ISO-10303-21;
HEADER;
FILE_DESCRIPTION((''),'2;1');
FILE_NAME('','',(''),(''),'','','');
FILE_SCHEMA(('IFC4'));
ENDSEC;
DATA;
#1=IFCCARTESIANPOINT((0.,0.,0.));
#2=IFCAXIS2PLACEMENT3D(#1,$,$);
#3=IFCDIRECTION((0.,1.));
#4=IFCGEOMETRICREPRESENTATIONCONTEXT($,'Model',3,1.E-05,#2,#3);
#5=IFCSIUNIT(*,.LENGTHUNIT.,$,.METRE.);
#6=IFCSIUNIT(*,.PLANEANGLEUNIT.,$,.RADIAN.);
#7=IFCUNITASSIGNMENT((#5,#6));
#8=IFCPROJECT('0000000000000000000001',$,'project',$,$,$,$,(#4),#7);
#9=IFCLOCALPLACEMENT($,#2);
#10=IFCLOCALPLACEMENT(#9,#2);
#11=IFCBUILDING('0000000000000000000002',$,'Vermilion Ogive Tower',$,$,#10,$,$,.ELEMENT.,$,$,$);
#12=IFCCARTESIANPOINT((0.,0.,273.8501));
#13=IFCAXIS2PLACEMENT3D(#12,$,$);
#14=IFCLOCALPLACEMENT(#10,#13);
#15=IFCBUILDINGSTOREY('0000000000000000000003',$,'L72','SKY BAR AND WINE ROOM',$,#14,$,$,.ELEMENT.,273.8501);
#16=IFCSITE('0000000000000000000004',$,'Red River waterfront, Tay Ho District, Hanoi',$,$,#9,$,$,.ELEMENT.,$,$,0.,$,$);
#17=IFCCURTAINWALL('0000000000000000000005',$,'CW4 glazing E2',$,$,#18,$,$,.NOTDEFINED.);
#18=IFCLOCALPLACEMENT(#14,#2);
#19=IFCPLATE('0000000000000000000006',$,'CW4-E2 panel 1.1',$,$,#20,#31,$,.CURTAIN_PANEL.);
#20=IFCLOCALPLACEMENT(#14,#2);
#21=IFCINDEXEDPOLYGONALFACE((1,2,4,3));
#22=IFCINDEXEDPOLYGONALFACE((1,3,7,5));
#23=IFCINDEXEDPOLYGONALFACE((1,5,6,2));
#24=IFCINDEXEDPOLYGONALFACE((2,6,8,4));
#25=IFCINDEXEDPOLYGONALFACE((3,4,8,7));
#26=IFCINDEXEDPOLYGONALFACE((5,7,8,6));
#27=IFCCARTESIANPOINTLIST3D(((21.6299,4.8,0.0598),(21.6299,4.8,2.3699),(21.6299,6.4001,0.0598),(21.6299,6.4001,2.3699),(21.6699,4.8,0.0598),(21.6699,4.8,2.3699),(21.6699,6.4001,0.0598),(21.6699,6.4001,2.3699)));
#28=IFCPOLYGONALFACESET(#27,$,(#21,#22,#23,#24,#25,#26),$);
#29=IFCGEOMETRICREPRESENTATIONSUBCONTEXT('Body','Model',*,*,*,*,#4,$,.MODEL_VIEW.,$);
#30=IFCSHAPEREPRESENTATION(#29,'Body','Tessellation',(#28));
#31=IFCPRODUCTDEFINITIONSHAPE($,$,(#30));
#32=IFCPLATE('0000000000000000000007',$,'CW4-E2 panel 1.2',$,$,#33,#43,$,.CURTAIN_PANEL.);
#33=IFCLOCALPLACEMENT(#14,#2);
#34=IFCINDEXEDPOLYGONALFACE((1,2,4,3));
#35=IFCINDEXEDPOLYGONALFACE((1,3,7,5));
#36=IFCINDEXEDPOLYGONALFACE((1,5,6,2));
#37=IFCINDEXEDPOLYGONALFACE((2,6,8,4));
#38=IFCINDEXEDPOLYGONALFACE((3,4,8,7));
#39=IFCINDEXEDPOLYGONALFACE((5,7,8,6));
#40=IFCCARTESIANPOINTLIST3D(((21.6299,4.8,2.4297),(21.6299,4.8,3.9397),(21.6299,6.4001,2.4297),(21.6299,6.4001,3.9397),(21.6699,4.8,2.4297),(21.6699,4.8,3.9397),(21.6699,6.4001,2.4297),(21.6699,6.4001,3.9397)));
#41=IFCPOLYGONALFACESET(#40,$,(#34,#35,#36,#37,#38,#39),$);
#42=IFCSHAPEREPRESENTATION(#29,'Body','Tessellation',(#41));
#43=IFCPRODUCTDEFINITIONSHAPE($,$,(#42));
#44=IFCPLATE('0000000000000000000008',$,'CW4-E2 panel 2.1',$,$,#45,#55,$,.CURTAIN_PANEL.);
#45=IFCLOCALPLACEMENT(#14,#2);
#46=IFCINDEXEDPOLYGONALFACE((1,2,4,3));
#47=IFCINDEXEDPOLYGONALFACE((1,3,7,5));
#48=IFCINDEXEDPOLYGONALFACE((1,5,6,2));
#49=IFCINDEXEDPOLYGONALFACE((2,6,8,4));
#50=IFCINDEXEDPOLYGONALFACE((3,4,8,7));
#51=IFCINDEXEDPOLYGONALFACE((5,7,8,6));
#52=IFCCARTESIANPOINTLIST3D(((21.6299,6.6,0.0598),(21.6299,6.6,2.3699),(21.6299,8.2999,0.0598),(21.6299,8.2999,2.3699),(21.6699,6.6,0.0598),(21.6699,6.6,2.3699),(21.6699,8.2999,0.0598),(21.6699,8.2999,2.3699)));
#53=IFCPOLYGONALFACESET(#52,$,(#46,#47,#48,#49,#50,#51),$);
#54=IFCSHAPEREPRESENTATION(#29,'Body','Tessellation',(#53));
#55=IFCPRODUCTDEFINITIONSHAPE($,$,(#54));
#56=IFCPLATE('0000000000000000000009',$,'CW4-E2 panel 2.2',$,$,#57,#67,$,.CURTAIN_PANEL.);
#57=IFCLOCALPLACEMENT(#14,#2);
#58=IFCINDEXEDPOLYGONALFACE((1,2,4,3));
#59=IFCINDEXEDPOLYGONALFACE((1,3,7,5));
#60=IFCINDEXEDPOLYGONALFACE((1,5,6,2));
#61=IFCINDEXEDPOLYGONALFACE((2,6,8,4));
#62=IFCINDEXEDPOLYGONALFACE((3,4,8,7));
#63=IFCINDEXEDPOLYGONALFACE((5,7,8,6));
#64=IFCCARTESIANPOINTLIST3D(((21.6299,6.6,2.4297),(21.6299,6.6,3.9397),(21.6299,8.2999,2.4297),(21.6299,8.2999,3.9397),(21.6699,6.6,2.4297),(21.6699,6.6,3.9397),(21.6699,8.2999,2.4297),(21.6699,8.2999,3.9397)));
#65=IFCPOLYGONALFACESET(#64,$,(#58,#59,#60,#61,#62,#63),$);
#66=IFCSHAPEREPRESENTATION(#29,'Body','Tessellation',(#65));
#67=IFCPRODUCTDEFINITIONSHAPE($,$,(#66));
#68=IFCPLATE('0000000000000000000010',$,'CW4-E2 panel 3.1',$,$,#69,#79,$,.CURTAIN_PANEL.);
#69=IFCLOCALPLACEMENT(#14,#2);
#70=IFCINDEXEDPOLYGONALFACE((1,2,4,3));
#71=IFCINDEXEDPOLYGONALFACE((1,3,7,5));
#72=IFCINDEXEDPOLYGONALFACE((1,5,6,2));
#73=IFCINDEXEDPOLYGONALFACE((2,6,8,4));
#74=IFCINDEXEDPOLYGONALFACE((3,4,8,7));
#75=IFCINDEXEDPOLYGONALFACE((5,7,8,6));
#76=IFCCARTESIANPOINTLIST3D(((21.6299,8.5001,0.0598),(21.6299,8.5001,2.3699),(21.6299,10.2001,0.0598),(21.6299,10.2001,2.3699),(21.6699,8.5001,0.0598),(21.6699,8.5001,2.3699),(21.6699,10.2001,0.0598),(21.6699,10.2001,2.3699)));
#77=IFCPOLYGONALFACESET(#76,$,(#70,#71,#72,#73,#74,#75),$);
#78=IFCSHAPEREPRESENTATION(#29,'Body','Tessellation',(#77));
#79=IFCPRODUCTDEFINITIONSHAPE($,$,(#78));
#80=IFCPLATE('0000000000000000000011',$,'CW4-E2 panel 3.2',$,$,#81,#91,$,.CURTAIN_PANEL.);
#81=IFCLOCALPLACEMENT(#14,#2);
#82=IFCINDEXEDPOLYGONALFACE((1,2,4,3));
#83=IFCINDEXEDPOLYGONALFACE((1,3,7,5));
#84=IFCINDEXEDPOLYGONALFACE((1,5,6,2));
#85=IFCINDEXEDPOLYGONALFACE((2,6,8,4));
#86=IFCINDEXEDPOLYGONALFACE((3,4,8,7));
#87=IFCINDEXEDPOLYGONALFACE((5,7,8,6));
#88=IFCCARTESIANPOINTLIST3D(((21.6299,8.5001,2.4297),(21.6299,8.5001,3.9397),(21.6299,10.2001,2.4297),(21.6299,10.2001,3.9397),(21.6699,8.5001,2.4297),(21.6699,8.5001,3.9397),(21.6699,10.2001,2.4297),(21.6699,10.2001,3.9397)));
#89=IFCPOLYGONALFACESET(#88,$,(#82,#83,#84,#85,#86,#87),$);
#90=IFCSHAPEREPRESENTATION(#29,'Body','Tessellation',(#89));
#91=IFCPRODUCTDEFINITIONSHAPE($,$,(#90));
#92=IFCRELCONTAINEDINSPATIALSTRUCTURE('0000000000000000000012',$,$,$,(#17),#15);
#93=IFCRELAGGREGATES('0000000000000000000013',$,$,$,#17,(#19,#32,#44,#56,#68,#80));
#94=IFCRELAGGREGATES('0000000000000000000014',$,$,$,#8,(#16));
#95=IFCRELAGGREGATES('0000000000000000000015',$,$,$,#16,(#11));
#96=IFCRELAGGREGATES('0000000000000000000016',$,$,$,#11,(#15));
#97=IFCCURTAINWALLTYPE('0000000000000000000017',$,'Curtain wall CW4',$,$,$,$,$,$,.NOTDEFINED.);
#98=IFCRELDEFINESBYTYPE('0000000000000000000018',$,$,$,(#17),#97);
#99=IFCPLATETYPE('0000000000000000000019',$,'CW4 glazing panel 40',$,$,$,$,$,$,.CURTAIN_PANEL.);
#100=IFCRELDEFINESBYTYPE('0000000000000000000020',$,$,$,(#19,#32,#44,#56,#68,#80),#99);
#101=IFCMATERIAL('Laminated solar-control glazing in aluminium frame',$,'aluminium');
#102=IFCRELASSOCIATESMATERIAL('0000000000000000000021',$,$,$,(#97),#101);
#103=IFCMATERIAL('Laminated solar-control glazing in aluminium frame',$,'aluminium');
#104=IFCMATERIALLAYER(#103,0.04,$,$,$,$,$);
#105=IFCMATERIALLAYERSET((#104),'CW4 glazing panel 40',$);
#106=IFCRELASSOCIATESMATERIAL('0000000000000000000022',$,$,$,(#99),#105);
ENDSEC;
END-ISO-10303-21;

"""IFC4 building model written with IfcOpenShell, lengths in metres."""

from ifc_helpers import new_model, si_unit, direction, frame, origin, origin_2d, place, context, subcontext, project, spatial, rectangle, extrude, material, layer, layer_set, type_object, element, aggregate, save


model = new_model("IFC4")

# Units and contexts
model_context = context("Model", 3, precision=1e-05, world=origin(), true_north=direction((0.0, 1.0)))
body_context = subcontext(model_context, "Body", "Model", "MODEL_VIEW")
ifc_project = project(units=[si_unit("LENGTHUNIT", "METRE"), si_unit("PLANEANGLEUNIT", "RADIAN")], contexts=[model_context])

# Site, building, storey
site_placement = place(None, origin())
site = spatial("IfcSite", under=ifc_project, at=site_placement, Name="Red River waterfront, Tay Ho District, Hanoi", CompositionType="ELEMENT", RefElevation=0.0)
building_placement = place(site_placement, origin())
building = spatial("IfcBuilding", under=site, at=building_placement, Name="Vermilion Ogive Tower", CompositionType="ELEMENT")
storey_placement = place(building_placement, frame((0.0, 0.0, 273.8501)))
storey = spatial("IfcBuildingStorey", under=building, at=storey_placement, Name="L72", Description="SKY BAR AND WINE ROOM", CompositionType="ELEMENT", Elevation=273.8501)

# Curtain wall
ifc_material_1 = material(Name="Laminated solar-control glazing in aluminium frame", Category="aluminium")
curtain_wall_type = type_object("IfcCurtainWallType", Name="Curtain wall CW4", PredefinedType="NOTDEFINED", material=ifc_material_1)
curtain_wall_1_placement = place(storey_placement, origin())
curtain_wall_1 = element("IfcCurtainWall", 1, at=curtain_wall_1_placement, inside=storey, type_object=curtain_wall_type, Name="CW4 glazing E2", PredefinedType="NOTDEFINED")

# Plates
ifc_material_2 = material(Name="Laminated solar-control glazing in aluminium frame", Category="aluminium")
ifc_layer = layer(ifc_material_2, 0.04)
ifc_layer_set = layer_set([ifc_layer], Name="CW4 glazing panel 40")
plate_type = type_object("IfcPlateType", Name="CW4 glazing panel 40", PredefinedType="CURTAIN_PANEL", material=ifc_layer_set)
plate_1_placement = place(storey_placement, frame((21.6499, 5.6001, 0.0598), z_axis=(0.0, 0.0, 1.0), x_axis=(0.0, 1.0, 0.0)))
plate_1 = element("IfcPlate", 2, at=plate_1_placement, type_object=plate_type, Name="CW4-E2 panel 1.1", PredefinedType="CURTAIN_PANEL", context=body_context, shape_type="SweptSolid", body=[
    extrude(rectangle(XDim=1.6001, YDim=0.04, at=origin_2d()), origin(), (0.0, 0.0, 1.0), 2.3101),
])
plate_2_placement = place(storey_placement, frame((21.6499, 5.6001, 2.4297), z_axis=(0.0, 0.0, 1.0), x_axis=(0.0, 1.0, 0.0)))
plate_2 = element("IfcPlate", 3, at=plate_2_placement, type_object=plate_type, Name="CW4-E2 panel 1.2", PredefinedType="CURTAIN_PANEL", context=body_context, shape_type="SweptSolid", body=[
    extrude(rectangle(XDim=1.6001, YDim=0.04, at=origin_2d()), origin(), (0.0, 0.0, 1.0), 1.51),
])
plate_3_placement = place(storey_placement, frame((21.6499, 7.45, 0.0598), z_axis=(0.0, 0.0, 1.0), x_axis=(0.0, 1.0, 0.0)))
plate_3 = element("IfcPlate", 4, at=plate_3_placement, type_object=plate_type, Name="CW4-E2 panel 2.1", PredefinedType="CURTAIN_PANEL", context=body_context, shape_type="SweptSolid", body=[
    extrude(rectangle(XDim=1.7, YDim=0.04, at=origin_2d()), origin(), (0.0, 0.0, 1.0), 2.3101),
])
plate_4_placement = place(storey_placement, frame((21.6499, 7.45, 2.4297), z_axis=(0.0, 0.0, 1.0), x_axis=(0.0, 1.0, 0.0)))
plate_4 = element("IfcPlate", 5, at=plate_4_placement, type_object=plate_type, Name="CW4-E2 panel 2.2", PredefinedType="CURTAIN_PANEL", context=body_context, shape_type="SweptSolid", body=[
    extrude(rectangle(XDim=1.7, YDim=0.04, at=origin_2d()), origin(), (0.0, 0.0, 1.0), 1.51),
])
plate_5_placement = place(storey_placement, frame((21.6499, 9.3501, 0.0598), z_axis=(0.0, 0.0, 1.0), x_axis=(0.0, 1.0, 0.0)))
plate_5 = element("IfcPlate", 6, at=plate_5_placement, type_object=plate_type, Name="CW4-E2 panel 3.1", PredefinedType="CURTAIN_PANEL", context=body_context, shape_type="SweptSolid", body=[
    extrude(rectangle(XDim=1.7, YDim=0.04, at=origin_2d()), origin(), (0.0, 0.0, 1.0), 2.3101),
])
plate_6_placement = place(storey_placement, frame((21.6499, 9.3501, 2.4297), z_axis=(0.0, 0.0, 1.0), x_axis=(0.0, 1.0, 0.0)))
plate_6 = element("IfcPlate", 7, at=plate_6_placement, type_object=plate_type, Name="CW4-E2 panel 3.2", PredefinedType="CURTAIN_PANEL", context=body_context, shape_type="SweptSolid", body=[
    extrude(rectangle(XDim=1.7, YDim=0.04, at=origin_2d()), origin(), (0.0, 0.0, 1.0), 1.51),
])
aggregate(curtain_wall_1, [plate_1, plate_2, plate_3, plate_4, plate_5, plate_6])

save(model, "model.ifc")
